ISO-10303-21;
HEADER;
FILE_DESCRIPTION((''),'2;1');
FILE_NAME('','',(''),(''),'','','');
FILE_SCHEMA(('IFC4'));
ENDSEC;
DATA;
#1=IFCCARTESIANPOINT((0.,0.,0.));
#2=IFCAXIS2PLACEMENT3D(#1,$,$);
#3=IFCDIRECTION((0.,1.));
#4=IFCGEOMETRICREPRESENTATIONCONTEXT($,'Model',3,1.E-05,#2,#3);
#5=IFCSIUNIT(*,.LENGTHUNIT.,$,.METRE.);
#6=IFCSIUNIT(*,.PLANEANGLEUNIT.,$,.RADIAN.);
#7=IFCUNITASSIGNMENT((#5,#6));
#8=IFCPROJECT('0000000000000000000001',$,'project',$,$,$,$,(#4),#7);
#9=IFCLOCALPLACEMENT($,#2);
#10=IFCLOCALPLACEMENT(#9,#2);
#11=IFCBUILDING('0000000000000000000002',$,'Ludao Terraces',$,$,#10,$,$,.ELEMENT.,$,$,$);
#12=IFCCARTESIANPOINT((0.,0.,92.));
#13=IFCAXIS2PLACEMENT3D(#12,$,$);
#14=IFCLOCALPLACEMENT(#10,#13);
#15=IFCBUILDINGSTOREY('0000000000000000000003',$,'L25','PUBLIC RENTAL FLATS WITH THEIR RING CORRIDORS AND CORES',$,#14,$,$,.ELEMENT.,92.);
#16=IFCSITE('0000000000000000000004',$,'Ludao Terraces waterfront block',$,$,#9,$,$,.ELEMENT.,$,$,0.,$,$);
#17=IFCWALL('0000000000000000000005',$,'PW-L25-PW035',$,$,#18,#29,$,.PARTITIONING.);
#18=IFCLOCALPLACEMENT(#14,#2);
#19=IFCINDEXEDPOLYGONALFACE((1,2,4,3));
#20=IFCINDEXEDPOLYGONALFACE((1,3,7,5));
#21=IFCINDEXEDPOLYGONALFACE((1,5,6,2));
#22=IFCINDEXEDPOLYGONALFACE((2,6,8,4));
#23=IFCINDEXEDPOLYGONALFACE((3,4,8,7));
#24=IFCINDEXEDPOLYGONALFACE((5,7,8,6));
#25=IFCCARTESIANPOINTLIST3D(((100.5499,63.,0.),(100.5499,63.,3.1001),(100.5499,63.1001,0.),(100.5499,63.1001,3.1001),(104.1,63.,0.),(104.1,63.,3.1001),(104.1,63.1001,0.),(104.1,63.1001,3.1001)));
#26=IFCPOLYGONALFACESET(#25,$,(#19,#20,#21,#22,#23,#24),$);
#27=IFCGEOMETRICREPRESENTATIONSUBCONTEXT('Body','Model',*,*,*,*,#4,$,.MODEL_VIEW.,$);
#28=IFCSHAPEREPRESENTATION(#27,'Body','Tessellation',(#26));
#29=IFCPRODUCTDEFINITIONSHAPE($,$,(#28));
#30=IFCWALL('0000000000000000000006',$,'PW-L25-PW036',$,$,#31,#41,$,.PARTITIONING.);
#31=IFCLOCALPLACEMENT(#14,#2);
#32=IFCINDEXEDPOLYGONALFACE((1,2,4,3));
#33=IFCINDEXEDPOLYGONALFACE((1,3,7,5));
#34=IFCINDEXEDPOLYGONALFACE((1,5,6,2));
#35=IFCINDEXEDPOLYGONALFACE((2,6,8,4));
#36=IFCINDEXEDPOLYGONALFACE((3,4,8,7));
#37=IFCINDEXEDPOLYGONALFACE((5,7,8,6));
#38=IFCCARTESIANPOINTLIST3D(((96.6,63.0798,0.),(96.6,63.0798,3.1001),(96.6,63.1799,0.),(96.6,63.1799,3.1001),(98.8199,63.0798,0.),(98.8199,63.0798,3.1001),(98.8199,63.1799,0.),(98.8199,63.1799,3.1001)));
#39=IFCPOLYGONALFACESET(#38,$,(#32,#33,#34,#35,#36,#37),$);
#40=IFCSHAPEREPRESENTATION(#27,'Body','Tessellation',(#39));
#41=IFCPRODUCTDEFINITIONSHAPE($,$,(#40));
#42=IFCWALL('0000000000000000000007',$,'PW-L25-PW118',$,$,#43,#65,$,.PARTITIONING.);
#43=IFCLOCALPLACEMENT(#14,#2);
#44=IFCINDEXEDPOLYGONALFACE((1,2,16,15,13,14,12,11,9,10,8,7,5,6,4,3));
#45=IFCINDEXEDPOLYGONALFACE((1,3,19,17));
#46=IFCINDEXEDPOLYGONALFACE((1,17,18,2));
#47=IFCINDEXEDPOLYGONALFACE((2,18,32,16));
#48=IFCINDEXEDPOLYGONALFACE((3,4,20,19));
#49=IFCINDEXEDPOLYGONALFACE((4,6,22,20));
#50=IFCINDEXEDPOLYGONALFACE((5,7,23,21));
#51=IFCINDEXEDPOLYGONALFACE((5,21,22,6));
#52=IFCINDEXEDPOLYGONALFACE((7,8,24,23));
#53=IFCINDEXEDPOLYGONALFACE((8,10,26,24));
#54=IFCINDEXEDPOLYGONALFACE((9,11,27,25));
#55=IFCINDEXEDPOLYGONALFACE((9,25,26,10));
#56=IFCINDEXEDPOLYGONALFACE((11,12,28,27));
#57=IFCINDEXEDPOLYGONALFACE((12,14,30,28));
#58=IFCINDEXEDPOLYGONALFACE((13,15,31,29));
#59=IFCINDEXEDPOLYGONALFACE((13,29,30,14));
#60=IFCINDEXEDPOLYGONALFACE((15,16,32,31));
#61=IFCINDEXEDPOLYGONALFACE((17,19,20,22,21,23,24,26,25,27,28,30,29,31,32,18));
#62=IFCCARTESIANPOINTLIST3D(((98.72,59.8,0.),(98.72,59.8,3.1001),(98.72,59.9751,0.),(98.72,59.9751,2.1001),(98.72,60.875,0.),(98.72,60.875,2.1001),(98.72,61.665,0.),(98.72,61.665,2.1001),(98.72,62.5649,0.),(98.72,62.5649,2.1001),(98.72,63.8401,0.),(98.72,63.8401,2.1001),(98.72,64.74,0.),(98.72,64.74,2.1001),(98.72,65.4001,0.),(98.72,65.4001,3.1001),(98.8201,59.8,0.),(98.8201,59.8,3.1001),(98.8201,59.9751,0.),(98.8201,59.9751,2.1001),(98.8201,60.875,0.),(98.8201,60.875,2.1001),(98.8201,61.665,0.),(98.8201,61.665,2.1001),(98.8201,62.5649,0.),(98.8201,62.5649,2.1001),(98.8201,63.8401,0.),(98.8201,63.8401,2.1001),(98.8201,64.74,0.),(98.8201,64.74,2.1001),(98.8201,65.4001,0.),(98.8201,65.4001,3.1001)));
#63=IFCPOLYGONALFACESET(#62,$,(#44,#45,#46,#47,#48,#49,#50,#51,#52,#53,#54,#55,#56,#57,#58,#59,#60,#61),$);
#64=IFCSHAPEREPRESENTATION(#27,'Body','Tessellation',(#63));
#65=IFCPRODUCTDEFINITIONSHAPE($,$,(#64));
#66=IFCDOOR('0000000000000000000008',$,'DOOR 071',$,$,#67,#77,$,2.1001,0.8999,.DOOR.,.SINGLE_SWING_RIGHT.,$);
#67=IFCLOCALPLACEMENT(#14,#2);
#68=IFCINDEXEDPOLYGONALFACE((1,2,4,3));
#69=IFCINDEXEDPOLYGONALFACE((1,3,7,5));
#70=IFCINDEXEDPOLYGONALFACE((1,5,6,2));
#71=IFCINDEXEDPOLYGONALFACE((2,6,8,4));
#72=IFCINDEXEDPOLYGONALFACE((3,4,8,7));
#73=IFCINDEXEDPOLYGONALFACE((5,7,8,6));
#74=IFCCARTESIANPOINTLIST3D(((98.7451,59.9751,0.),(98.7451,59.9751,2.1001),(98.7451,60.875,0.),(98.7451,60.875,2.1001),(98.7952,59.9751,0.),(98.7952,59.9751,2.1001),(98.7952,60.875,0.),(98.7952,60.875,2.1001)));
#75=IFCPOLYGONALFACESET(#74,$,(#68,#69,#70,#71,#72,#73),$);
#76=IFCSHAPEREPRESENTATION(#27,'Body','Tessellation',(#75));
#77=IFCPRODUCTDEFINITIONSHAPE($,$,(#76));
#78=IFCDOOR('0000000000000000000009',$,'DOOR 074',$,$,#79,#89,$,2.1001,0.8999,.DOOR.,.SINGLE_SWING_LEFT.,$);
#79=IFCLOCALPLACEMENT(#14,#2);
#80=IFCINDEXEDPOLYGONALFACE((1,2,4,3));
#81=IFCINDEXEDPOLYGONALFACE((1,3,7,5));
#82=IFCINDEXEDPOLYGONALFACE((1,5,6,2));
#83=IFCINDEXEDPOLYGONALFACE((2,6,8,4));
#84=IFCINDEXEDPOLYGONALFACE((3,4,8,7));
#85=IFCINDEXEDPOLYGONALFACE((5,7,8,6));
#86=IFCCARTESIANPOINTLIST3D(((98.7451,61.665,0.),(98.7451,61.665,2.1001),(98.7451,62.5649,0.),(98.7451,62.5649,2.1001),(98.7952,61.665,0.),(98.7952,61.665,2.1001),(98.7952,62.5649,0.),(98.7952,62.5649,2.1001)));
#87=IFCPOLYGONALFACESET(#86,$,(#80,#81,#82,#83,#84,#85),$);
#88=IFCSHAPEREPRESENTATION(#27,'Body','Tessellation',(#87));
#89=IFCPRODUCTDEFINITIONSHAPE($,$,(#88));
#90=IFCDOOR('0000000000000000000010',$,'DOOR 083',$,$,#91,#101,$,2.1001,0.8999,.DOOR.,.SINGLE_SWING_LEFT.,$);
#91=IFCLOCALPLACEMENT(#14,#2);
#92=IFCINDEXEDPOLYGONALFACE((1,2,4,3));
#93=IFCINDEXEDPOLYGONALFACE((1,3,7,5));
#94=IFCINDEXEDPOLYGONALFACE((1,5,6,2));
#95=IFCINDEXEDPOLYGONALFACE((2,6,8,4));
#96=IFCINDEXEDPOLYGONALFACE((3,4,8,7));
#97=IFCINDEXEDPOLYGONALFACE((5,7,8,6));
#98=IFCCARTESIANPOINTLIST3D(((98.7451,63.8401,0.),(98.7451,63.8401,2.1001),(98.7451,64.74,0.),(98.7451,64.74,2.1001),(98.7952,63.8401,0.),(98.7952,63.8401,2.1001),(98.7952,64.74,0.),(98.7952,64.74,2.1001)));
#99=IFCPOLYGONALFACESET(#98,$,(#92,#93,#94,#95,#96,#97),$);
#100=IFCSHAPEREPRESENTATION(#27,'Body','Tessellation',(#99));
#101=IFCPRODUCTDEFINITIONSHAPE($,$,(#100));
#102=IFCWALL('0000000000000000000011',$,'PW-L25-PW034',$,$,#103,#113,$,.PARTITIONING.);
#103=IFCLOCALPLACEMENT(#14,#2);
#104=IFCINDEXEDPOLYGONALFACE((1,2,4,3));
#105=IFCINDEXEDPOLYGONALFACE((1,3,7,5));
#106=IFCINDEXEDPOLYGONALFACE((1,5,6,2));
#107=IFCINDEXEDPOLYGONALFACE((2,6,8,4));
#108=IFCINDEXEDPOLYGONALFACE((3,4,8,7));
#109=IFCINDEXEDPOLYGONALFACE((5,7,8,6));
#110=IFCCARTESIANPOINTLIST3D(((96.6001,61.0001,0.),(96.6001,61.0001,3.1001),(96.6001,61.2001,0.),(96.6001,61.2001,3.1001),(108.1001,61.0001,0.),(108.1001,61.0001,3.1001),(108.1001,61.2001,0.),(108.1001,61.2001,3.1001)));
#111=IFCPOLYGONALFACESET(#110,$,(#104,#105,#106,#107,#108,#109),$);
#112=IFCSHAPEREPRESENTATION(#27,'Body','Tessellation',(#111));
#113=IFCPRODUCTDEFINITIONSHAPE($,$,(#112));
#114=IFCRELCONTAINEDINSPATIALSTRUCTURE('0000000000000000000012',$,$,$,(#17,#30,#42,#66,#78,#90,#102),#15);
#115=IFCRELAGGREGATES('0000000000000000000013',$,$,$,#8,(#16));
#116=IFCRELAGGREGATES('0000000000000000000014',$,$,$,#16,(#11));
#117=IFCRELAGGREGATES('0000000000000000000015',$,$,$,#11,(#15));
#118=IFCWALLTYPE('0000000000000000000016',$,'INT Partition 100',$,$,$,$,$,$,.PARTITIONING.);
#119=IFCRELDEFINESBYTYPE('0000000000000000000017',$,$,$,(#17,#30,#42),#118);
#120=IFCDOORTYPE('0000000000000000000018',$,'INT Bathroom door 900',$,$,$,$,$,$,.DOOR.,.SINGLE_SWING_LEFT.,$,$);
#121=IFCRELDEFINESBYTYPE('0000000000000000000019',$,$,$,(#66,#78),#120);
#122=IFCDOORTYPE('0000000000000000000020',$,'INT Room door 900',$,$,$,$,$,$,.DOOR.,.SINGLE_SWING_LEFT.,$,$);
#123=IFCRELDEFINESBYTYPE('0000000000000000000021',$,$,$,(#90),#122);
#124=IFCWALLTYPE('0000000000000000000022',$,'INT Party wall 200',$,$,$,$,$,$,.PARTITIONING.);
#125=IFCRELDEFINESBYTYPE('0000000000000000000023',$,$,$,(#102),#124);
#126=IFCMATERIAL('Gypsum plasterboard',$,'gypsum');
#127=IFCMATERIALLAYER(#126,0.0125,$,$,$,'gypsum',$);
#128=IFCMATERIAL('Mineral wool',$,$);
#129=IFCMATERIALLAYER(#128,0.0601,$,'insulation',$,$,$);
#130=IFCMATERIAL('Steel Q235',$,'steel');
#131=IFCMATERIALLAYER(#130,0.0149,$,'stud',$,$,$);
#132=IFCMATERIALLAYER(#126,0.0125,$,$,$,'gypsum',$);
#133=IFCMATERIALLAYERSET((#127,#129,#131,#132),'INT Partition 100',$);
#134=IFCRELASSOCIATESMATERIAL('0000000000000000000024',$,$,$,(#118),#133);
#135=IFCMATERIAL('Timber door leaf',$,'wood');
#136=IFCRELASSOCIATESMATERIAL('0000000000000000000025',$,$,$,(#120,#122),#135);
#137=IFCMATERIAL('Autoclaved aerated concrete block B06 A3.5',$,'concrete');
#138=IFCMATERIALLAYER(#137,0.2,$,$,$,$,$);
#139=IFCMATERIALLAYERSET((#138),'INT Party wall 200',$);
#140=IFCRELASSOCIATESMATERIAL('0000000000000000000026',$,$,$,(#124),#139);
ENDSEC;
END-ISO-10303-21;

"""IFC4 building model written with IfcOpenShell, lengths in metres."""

from ifc_helpers import new_model, si_unit, direction, frame, frame_2d, origin, place, context, subcontext, project, spatial, rectangle, extrude, material, layer, layer_set, type_object, element, fill, save


model = new_model("IFC4")

# Units and contexts
model_context = context("Model", 3, precision=1e-05, world=origin(), true_north=direction((0.0, 1.0)))
body_context = subcontext(model_context, "Body", "Model", "MODEL_VIEW")
ifc_project = project(units=[si_unit("LENGTHUNIT", "METRE"), si_unit("PLANEANGLEUNIT", "RADIAN")], contexts=[model_context])

# Site, building, storey
site_placement = place(None, origin())
site = spatial("IfcSite", under=ifc_project, at=site_placement, Name="Ludao Terraces waterfront block", CompositionType="ELEMENT", RefElevation=0.0)
building_placement = place(site_placement, origin())
building = spatial("IfcBuilding", under=site, at=building_placement, Name="Ludao Terraces", CompositionType="ELEMENT")
storey_placement = place(building_placement, frame((0.0, 0.0, 92.0)))
storey = spatial("IfcBuildingStorey", under=building, at=storey_placement, Name="L25", Description="PUBLIC RENTAL FLATS WITH THEIR RING CORRIDORS AND CORES", CompositionType="ELEMENT", Elevation=92.0)

# Shared definitions
ifc_material_1 = material(Name="Autoclaved aerated concrete block B06 A3.5", Category="concrete")
ifc_material_2 = material(Name="Steel Q235", Category="steel")

# Walls
ifc_material_3 = material(Name="Gypsum plasterboard", Category="gypsum")
ifc_layer_1 = layer(ifc_material_3, 0.0125, Category="gypsum")
ifc_material_4 = material(Name="Mineral wool")
ifc_layer_2 = layer(ifc_material_4, 0.0601, Name="insulation")
ifc_layer_3 = layer(ifc_material_2, 0.0149, Name="stud")
ifc_layer_4 = layer(ifc_material_3, 0.0125, Category="gypsum")
ifc_layer_set_1 = layer_set([ifc_layer_1, ifc_layer_2, ifc_layer_3, ifc_layer_4], Name="INT Partition 100")
wall_type_1 = type_object("IfcWallType", Name="INT Partition 100", PredefinedType="PARTITIONING", material=ifc_layer_set_1)
wall_1_placement = place(storey_placement, frame((100.55, 63.05, 0.0), z_axis=(0.0, 0.0, 1.0), x_axis=(1.0, 0.0, 0.0)))
element("IfcWall", 1, at=wall_1_placement, inside=storey, type_object=wall_type_1, Name="PW-L25-PW035", PredefinedType="PARTITIONING", context=body_context, shape_type="SweptSolid", body=[
    extrude(rectangle(XDim=3.55, YDim=0.1001, at=frame_2d((1.7749, 0.0))), origin(), (0.0, 0.0, 1.0), 3.1001),
])
wall_2_placement = place(storey_placement, frame((96.6001, 63.1299, 0.0), z_axis=(0.0, 0.0, 1.0), x_axis=(1.0, 0.0, 0.0)))
element("IfcWall", 2, at=wall_2_placement, inside=storey, type_object=wall_type_1, Name="PW-L25-PW036", PredefinedType="PARTITIONING", context=body_context, shape_type="SweptSolid", body=[
    extrude(rectangle(XDim=2.22, YDim=0.1001, at=frame_2d((1.1099, 0.0))), origin(), (0.0, 0.0, 1.0), 3.1001),
])

# Wall, openings, doors
wall_3_placement = place(storey_placement, frame((98.77, 59.8, 0.0), z_axis=(0.0, 0.0, 1.0), x_axis=(0.0, 1.0, 0.0)))
wall_3 = element("IfcWall", 3, at=wall_3_placement, inside=storey, type_object=wall_type_1, Name="PW-L25-PW118", PredefinedType="PARTITIONING", context=body_context, shape_type="SweptSolid", body=[
    extrude(rectangle(XDim=5.6001, YDim=0.1001, at=frame_2d((2.8, 0.0))), origin(), (0.0, 0.0, 1.0), 3.1001),
])
opening_1_placement = place(wall_3_placement, frame((0.175, 0.0, 0.0)))
opening_1 = element("IfcOpeningElement", 4, at=opening_1_placement, cuts=wall_3, PredefinedType="OPENING", context=body_context, shape_type="SweptSolid", body=[
    extrude(rectangle(XDim=0.8999, YDim=2.1001, at=frame_2d((0.45, 1.05))), frame((0.0, 0.0601, 0.0), z_axis=(0.0, -1.0, 0.0), x_axis=(1.0, 0.0, 0.0)), (0.0, 0.0, 1.0), 0.1201),
])
opening_2_placement = place(wall_3_placement, frame((1.865, 0.0, 0.0)))
opening_2 = element("IfcOpeningElement", 5, at=opening_2_placement, cuts=wall_3, PredefinedType="OPENING", context=body_context, shape_type="SweptSolid", body=[
    extrude(rectangle(XDim=0.8999, YDim=2.1001, at=frame_2d((0.45, 1.05))), frame((0.0, 0.0601, 0.0), z_axis=(0.0, -1.0, 0.0), x_axis=(1.0, 0.0, 0.0)), (0.0, 0.0, 1.0), 0.1201),
])
opening_3_placement = place(wall_3_placement, frame((4.04, 0.0, 0.0)))
opening_3 = element("IfcOpeningElement", 6, at=opening_3_placement, cuts=wall_3, PredefinedType="OPENING", context=body_context, shape_type="SweptSolid", body=[
    extrude(rectangle(XDim=0.8999, YDim=2.1001, at=frame_2d((0.45, 1.05))), frame((0.0, 0.0601, 0.0), z_axis=(0.0, -1.0, 0.0), x_axis=(1.0, 0.0, 0.0)), (0.0, 0.0, 1.0), 0.1201),
])
ifc_material_5 = material(Name="Timber door leaf", Category="wood")
door_type_1 = type_object("IfcDoorType", Name="INT Bathroom door 900", OperationType="SINGLE_SWING_LEFT", PredefinedType="DOOR", material=ifc_material_5)
door_1_placement = place(opening_1_placement, origin())
door_1 = element("IfcDoor", 7, at=door_1_placement, inside=storey, type_object=door_type_1, Name="DOOR 071", OperationType="SINGLE_SWING_RIGHT", OverallHeight=2.1001, OverallWidth=0.8999, PredefinedType="DOOR", context=body_context, shape_type="SweptSolid", body=[
    extrude(rectangle(XDim=0.8999, YDim=2.1001, at=frame_2d((0.45, 1.05))), frame((0.0, 0.0249, 0.0), z_axis=(0.0, -1.0, 0.0), x_axis=(1.0, 0.0, 0.0)), (0.0, 0.0, 1.0), 0.05),
])
fill(opening_1, door_1)
door_2_placement = place(opening_2_placement, origin())
door_2 = element("IfcDoor", 8, at=door_2_placement, inside=storey, type_object=door_type_1, Name="DOOR 074", OperationType="SINGLE_SWING_LEFT", OverallHeight=2.1001, OverallWidth=0.8999, PredefinedType="DOOR", context=body_context, shape_type="SweptSolid", body=[
    extrude(rectangle(XDim=0.8999, YDim=2.1001, at=frame_2d((0.45, 1.05))), frame((0.0, 0.0249, 0.0), z_axis=(0.0, -1.0, 0.0), x_axis=(1.0, 0.0, 0.0)), (0.0, 0.0, 1.0), 0.05),
])
fill(opening_2, door_2)
door_type_2 = type_object("IfcDoorType", Name="INT Room door 900", OperationType="SINGLE_SWING_LEFT", PredefinedType="DOOR", material=ifc_material_5)
door_3_placement = place(opening_3_placement, origin())
door_3 = element("IfcDoor", 9, at=door_3_placement, inside=storey, type_object=door_type_2, Name="DOOR 083", OperationType="SINGLE_SWING_LEFT", OverallHeight=2.1001, OverallWidth=0.8999, PredefinedType="DOOR", context=body_context, shape_type="SweptSolid", body=[
    extrude(rectangle(XDim=0.8999, YDim=2.1001, at=frame_2d((0.45, 1.05))), frame((0.0, 0.0249, 0.0), z_axis=(0.0, -1.0, 0.0), x_axis=(1.0, 0.0, 0.0)), (0.0, 0.0, 1.0), 0.05),
])
fill(opening_3, door_3)

# Wall
ifc_layer_5 = layer(ifc_material_1, 0.2)
ifc_layer_set_2 = layer_set([ifc_layer_5], Name="INT Party wall 200")
wall_type_2 = type_object("IfcWallType", Name="INT Party wall 200", PredefinedType="PARTITIONING", material=ifc_layer_set_2)
wall_4_placement = place(storey_placement, frame((96.6001, 61.1001, 0.0), z_axis=(0.0, 0.0, 1.0), x_axis=(1.0, 0.0, 0.0)))
element("IfcWall", 10, at=wall_4_placement, inside=storey, type_object=wall_type_2, Name="PW-L25-PW034", PredefinedType="PARTITIONING", context=body_context, shape_type="SweptSolid", body=[
    extrude(rectangle(XDim=11.5, YDim=0.2, at=frame_2d((5.75, 0.0))), origin(), (0.0, 0.0, 1.0), 3.1001),
])

save(model, "model.ifc")
